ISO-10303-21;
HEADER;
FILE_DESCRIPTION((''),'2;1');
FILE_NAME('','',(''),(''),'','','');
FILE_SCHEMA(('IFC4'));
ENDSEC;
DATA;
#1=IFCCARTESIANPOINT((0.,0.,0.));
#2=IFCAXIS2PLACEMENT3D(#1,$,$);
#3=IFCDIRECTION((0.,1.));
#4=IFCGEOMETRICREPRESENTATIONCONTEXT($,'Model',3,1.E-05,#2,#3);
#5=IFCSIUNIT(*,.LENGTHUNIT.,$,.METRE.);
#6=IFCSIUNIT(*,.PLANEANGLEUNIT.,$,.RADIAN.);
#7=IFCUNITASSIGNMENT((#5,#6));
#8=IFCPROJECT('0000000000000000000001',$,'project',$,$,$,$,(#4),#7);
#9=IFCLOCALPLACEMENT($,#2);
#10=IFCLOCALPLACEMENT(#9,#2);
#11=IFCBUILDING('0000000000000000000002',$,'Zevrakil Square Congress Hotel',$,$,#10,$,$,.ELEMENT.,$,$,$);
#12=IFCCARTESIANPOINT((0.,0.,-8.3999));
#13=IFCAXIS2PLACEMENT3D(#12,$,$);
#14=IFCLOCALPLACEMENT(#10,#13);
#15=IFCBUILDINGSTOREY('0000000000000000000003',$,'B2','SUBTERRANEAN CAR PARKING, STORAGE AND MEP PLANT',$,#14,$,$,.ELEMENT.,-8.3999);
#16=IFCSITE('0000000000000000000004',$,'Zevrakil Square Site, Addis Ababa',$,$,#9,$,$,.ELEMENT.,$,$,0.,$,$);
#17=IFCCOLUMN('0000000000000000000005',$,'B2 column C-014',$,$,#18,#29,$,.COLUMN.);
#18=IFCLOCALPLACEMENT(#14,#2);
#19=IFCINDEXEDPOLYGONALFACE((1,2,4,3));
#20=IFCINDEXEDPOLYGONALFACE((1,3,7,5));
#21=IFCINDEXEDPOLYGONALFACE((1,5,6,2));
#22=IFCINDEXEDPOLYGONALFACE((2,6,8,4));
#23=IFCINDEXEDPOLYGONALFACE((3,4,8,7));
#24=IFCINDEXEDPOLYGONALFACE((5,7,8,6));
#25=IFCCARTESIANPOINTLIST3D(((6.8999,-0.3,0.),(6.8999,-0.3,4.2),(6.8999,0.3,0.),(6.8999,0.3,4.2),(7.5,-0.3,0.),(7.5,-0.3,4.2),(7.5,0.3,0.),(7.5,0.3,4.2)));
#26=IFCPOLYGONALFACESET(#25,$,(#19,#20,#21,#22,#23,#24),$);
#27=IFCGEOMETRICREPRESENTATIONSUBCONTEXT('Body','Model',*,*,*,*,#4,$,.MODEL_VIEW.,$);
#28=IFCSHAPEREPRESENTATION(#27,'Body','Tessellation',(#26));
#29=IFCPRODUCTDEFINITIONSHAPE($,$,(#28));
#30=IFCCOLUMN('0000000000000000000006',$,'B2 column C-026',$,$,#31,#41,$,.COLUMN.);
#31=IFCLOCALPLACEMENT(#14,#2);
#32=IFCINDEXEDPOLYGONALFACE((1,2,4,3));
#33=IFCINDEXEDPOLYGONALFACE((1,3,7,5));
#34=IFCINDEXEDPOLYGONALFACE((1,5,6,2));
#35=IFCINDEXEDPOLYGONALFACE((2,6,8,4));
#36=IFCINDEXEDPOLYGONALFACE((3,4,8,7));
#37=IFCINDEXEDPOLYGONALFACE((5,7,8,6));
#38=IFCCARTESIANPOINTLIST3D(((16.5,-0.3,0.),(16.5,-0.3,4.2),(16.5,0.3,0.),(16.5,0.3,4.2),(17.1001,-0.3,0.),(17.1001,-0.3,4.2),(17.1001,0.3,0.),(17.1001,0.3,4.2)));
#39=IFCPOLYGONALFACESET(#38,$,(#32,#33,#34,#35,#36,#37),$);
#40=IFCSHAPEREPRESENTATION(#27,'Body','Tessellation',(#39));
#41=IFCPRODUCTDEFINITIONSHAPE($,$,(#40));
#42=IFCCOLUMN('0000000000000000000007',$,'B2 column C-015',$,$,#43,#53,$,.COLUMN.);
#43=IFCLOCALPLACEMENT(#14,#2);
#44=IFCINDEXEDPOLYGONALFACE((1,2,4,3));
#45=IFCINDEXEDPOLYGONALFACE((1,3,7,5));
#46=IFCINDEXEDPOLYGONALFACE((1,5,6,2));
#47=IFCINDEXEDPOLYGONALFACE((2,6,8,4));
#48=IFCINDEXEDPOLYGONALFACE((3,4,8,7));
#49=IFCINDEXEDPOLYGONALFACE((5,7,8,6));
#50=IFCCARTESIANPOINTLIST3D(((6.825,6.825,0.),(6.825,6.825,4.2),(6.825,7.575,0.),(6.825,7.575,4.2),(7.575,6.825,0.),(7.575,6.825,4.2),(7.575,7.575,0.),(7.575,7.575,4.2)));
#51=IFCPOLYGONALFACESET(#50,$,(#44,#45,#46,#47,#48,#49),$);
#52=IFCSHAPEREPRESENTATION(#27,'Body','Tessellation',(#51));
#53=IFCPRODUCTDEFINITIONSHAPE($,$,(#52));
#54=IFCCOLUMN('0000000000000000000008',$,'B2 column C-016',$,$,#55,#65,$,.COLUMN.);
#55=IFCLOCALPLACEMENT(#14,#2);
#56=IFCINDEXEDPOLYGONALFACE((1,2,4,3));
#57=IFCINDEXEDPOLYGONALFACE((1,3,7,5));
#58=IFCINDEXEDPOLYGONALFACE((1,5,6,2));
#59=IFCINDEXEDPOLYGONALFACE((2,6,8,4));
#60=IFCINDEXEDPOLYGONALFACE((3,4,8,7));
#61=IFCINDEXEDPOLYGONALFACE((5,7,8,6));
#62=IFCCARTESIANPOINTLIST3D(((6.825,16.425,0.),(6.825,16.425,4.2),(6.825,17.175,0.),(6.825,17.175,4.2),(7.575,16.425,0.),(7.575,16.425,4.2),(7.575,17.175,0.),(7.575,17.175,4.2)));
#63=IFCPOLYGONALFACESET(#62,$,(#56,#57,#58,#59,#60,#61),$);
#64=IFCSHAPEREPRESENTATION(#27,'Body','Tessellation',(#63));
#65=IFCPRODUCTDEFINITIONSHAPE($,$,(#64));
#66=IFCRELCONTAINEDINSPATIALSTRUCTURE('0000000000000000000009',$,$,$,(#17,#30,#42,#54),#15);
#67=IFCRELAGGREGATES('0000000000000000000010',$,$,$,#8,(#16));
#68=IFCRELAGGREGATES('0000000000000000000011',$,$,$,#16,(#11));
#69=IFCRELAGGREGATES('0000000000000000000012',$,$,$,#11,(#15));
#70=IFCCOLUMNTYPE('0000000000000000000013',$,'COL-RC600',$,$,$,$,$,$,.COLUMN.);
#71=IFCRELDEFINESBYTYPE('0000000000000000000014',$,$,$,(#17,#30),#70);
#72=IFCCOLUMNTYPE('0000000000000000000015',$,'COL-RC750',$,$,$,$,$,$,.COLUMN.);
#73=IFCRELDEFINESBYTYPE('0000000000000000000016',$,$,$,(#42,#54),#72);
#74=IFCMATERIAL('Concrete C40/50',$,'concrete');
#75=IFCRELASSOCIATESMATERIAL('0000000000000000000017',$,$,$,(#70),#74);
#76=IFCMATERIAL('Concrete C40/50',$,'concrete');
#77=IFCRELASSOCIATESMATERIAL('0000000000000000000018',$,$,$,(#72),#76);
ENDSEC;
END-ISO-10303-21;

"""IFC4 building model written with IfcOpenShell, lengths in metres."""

from ifc_helpers import new_model, si_unit, direction, frame, origin, origin_2d, place, context, subcontext, project, spatial, rectangle, extrude, material, material_profile, profile_set, type_object, element, save


model = new_model("IFC4")

# Units and contexts
model_context = context("Model", 3, precision=1e-05, world=origin(), true_north=direction((0.0, 1.0)))
body_context = subcontext(model_context, "Body", "Model", "MODEL_VIEW")
ifc_project = project(units=[si_unit("LENGTHUNIT", "METRE"), si_unit("PLANEANGLEUNIT", "RADIAN")], contexts=[model_context])

# Site, building, storey
site_placement = place(None, origin())
site = spatial("IfcSite", under=ifc_project, at=site_placement, Name="Zevrakil Square Site, Addis Ababa", CompositionType="ELEMENT", RefElevation=0.0)
building_placement = place(site_placement, origin())
building = spatial("IfcBuilding", under=site, at=building_placement, Name="Zevrakil Square Congress Hotel", CompositionType="ELEMENT")
storey_placement = place(building_placement, frame((0.0, 0.0, -8.3999)))
storey = spatial("IfcBuildingStorey", under=building, at=storey_placement, Name="B2", Description="SUBTERRANEAN CAR PARKING, STORAGE AND MEP PLANT", CompositionType="ELEMENT", Elevation=-8.3999)

# Columns
ifc_material_1 = material(Name="Concrete C40/50", Category="concrete")
ifc_material_profile_1 = material_profile(ifc_material_1, rectangle(XDim=0.6001, YDim=0.6001, at=origin_2d()), Name="RC 600x600")
ifc_profile_set_1 = profile_set([ifc_material_profile_1], Name="Concrete C40/50")
column_type_1 = type_object("IfcColumnType", Name="COL-RC600", PredefinedType="COLUMN", material=ifc_profile_set_1)
for number, where, z_axis, x_axis, name in (
    (1, (7.2, 0.0, 0.0), (0.0, 0.0, 1.0), (1.0, 0.0, 0.0), "B2 column C-014"),
    (2, (16.8, 0.0, 0.0), (0.0, 0.0, 1.0), (1.0, 0.0, 0.0), "B2 column C-026"),
):
    element("IfcColumn", number, at=place(storey_placement, frame(where, z_axis=z_axis, x_axis=x_axis)), inside=storey, type_object=column_type_1, Name=name, PredefinedType="COLUMN", context=body_context, shape_type="SweptSolid", body=[
        extrude(rectangle(XDim=0.6001, YDim=0.6001, at=origin_2d()), origin(), (0.0, 0.0, 1.0), 4.2),
    ])
ifc_material_2 = material(Name="Concrete C40/50", Category="concrete")
ifc_material_profile_2 = material_profile(ifc_material_2, rectangle(XDim=0.75, YDim=0.75, at=origin_2d()), Name="RC 750x750")
ifc_profile_set_2 = profile_set([ifc_material_profile_2], Name="Concrete C40/50")
column_type_2 = type_object("IfcColumnType", Name="COL-RC750", PredefinedType="COLUMN", material=ifc_profile_set_2)
for number, where, z_axis, x_axis, name in (
    (3, (7.2, 7.2, 0.0), (0.0, 0.0, 1.0), (1.0, 0.0, 0.0), "B2 column C-015"),
    (4, (7.2, 16.8, 0.0), (0.0, 0.0, 1.0), (1.0, 0.0, 0.0), "B2 column C-016"),
):
    element("IfcColumn", number, at=place(storey_placement, frame(where, z_axis=z_axis, x_axis=x_axis)), inside=storey, type_object=column_type_2, Name=name, PredefinedType="COLUMN", context=body_context, shape_type="SweptSolid", body=[
        extrude(rectangle(XDim=0.75, YDim=0.75, at=origin_2d()), origin(), (0.0, 0.0, 1.0), 4.2),
    ])

save(model, "model.ifc")
